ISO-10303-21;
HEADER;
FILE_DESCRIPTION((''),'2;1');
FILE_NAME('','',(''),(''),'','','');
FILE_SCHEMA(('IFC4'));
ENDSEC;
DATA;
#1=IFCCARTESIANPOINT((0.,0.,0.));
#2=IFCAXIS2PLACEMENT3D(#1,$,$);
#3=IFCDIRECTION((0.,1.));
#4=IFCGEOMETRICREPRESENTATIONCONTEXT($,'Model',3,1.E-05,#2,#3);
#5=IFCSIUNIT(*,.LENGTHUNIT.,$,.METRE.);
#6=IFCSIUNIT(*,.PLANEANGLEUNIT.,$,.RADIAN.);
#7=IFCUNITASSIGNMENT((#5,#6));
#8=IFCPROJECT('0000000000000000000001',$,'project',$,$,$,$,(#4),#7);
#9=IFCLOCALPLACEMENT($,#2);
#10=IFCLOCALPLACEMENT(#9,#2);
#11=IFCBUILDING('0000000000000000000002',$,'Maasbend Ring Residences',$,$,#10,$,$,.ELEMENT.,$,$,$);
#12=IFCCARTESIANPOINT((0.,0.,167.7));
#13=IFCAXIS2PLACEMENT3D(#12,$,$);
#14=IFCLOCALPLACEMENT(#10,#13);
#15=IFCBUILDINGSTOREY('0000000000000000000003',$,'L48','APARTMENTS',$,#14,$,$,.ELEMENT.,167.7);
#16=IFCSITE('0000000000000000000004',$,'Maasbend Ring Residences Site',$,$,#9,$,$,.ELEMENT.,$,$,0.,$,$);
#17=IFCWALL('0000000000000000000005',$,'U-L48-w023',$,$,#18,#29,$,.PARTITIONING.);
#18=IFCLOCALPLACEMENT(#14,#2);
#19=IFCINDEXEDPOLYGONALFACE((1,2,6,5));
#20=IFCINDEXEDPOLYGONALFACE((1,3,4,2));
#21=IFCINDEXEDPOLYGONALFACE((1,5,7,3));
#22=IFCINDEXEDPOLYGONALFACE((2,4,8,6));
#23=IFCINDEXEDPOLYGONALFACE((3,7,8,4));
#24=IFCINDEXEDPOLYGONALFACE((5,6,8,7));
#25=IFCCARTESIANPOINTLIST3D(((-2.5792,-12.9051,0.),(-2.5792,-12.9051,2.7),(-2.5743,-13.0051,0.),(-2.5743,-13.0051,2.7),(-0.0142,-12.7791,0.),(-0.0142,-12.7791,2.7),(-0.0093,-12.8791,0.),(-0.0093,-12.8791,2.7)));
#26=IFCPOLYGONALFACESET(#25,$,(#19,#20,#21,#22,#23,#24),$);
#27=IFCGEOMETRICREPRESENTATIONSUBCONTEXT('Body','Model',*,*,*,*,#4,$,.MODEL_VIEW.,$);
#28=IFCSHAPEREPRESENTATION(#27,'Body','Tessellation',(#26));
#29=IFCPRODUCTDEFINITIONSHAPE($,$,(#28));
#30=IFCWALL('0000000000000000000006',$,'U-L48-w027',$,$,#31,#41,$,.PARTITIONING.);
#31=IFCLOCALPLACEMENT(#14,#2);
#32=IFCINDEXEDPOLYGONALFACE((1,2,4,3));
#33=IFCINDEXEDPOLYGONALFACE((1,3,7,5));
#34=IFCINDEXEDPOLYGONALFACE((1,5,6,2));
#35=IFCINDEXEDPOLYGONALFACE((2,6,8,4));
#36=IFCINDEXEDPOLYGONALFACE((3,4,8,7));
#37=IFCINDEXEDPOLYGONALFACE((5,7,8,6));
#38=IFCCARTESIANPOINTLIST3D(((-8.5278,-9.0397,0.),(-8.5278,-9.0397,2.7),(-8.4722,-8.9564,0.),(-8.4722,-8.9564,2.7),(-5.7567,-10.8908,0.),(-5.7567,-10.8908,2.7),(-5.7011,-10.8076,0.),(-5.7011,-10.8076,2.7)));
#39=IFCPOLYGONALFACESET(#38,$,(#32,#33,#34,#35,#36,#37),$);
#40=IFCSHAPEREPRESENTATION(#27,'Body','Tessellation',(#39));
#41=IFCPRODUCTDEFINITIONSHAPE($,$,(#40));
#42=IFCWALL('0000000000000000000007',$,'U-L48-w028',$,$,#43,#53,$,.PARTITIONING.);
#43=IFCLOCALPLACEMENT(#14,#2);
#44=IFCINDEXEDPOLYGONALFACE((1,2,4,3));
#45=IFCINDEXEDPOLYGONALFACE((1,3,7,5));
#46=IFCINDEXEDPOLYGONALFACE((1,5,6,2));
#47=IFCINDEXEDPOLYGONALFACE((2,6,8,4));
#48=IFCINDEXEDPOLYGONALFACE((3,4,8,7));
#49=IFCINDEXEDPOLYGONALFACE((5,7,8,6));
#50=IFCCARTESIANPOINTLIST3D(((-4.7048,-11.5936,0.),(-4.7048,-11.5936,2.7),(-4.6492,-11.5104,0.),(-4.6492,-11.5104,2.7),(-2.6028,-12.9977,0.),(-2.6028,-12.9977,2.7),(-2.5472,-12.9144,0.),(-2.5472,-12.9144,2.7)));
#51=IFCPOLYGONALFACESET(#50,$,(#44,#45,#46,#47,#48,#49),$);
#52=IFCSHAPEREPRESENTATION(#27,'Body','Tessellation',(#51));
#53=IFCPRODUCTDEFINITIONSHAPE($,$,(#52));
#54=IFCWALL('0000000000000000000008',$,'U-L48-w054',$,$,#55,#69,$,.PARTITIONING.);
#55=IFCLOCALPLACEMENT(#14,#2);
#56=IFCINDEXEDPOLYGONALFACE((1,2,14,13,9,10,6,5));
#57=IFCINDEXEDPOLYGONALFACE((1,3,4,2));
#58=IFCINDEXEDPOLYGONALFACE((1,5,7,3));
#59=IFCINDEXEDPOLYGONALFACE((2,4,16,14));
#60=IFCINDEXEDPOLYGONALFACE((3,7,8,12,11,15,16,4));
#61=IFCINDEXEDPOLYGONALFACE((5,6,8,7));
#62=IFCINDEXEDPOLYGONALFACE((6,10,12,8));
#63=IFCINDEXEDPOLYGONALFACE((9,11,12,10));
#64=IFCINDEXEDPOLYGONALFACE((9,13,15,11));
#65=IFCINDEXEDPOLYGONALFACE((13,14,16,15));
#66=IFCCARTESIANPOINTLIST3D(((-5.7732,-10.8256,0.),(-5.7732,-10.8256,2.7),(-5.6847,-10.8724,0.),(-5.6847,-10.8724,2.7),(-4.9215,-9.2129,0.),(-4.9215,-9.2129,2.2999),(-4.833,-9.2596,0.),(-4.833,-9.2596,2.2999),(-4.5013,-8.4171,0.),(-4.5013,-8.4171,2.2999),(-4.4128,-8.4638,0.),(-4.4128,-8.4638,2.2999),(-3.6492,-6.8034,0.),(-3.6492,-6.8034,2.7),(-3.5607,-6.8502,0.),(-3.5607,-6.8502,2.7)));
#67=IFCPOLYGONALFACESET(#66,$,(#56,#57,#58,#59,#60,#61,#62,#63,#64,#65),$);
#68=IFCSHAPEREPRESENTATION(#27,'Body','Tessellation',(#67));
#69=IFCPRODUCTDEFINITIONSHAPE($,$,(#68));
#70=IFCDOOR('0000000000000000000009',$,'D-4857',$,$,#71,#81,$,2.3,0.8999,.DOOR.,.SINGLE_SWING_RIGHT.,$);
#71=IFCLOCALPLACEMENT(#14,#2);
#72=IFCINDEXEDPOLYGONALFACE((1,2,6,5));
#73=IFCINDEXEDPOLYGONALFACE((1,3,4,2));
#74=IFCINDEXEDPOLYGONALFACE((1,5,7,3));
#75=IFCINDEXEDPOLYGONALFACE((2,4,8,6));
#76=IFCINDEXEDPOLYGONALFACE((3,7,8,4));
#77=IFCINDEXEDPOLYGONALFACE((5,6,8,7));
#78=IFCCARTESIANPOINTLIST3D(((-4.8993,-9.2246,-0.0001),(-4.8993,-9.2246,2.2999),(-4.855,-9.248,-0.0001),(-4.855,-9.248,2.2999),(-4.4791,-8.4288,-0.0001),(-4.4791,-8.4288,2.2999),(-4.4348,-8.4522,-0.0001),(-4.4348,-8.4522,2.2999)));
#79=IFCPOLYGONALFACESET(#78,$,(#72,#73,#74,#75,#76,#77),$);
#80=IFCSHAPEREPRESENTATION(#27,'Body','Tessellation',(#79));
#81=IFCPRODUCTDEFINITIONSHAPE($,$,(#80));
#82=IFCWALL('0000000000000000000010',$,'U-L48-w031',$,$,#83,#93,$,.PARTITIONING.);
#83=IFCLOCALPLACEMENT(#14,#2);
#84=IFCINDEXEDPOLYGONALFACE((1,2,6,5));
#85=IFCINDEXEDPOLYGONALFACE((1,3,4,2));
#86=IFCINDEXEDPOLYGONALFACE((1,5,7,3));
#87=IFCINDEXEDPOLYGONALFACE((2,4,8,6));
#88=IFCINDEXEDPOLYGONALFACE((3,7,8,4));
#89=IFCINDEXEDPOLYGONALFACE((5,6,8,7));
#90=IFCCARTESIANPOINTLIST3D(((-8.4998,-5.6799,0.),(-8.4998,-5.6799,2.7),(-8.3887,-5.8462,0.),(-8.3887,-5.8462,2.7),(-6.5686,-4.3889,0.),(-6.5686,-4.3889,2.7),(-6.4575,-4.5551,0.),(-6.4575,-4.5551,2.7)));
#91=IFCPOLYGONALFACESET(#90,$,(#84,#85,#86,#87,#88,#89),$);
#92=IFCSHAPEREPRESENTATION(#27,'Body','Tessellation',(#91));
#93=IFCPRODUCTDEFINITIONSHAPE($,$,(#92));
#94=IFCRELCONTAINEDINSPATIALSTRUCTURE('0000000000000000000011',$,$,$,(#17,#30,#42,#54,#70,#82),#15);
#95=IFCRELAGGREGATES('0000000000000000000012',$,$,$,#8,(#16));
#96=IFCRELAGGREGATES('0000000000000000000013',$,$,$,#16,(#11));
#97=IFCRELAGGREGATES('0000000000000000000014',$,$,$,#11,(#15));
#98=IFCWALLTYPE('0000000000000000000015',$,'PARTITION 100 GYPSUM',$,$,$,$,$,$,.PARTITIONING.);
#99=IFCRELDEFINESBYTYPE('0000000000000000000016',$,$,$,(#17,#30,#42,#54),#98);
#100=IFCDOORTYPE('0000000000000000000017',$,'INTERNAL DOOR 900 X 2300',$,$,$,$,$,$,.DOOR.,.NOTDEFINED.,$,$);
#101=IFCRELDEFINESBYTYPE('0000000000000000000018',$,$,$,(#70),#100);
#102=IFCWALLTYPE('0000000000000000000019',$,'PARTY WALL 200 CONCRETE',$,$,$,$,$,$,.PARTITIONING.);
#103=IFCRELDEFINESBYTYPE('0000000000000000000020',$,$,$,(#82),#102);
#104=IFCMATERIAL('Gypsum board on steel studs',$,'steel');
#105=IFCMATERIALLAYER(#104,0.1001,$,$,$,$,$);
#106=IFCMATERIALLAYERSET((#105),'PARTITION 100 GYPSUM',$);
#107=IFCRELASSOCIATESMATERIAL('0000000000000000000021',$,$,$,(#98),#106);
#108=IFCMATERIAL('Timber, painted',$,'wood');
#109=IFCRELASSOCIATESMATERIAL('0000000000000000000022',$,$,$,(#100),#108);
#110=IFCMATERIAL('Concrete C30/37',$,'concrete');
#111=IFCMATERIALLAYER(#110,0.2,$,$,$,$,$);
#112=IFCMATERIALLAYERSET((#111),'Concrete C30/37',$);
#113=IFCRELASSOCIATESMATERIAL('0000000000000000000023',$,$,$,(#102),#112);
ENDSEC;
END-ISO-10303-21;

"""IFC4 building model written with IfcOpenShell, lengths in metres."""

from ifc_helpers import new_model, si_unit, direction, frame, frame_2d, origin, place, context, subcontext, project, spatial, rectangle, extrude, material, layer, layer_set, type_object, element, fill, save


model = new_model("IFC4")

# Units and contexts
model_context = context("Model", 3, precision=1e-05, world=origin(), true_north=direction((0.0, 1.0)))
body_context = subcontext(model_context, "Body", "Model", "MODEL_VIEW")
ifc_project = project(units=[si_unit("LENGTHUNIT", "METRE"), si_unit("PLANEANGLEUNIT", "RADIAN")], contexts=[model_context])

# Site, building, storey
site_placement = place(None, origin())
site = spatial("IfcSite", under=ifc_project, at=site_placement, Name="Maasbend Ring Residences Site", CompositionType="ELEMENT", RefElevation=0.0)
building_placement = place(site_placement, origin())
building = spatial("IfcBuilding", under=site, at=building_placement, Name="Maasbend Ring Residences", CompositionType="ELEMENT")
storey_placement = place(building_placement, frame((0.0, 0.0, 167.7)))
storey = spatial("IfcBuildingStorey", under=building, at=storey_placement, Name="L48", Description="APARTMENTS", CompositionType="ELEMENT", Elevation=167.7)

# Walls
ifc_material_1 = material(Name="Gypsum board on steel studs", Category="steel")
ifc_layer_1 = layer(ifc_material_1, 0.1001)
ifc_layer_set_1 = layer_set([ifc_layer_1], Name="PARTITION 100 GYPSUM")
wall_type_1 = type_object("IfcWallType", Name="PARTITION 100 GYPSUM", PredefinedType="PARTITIONING", material=ifc_layer_set_1)
wall_1_placement = place(storey_placement, frame((-2.5769, -12.9551, 0.0), z_axis=(0.0, 0.0, 1.0), x_axis=(0.998796, 0.049056, 0.0)))
element("IfcWall", 1, at=wall_1_placement, inside=storey, type_object=wall_type_1, Name="U-L48-w023", PredefinedType="PARTITIONING", context=body_context, shape_type="SweptSolid", body=[
    extrude(rectangle(XDim=2.5681, YDim=0.1001, at=frame_2d((1.2842, 0.0))), origin(), (0.0, 0.0, 1.0), 2.7),
])
wall_2_placement = place(storey_placement, frame((-8.5, -8.998, 0.0), z_axis=(0.0, 0.0, 1.0), x_axis=(0.831531, -0.555478, 0.0)))
element("IfcWall", 2, at=wall_2_placement, inside=storey, type_object=wall_type_1, Name="U-L48-w027", PredefinedType="PARTITIONING", context=body_context, shape_type="SweptSolid", body=[
    extrude(rectangle(XDim=3.3325, YDim=0.1001, at=frame_2d((1.6663, 0.0))), origin(), (0.0, 0.0, 1.0), 2.7),
])
wall_3_placement = place(storey_placement, frame((-4.677, -11.552, 0.0), z_axis=(0.0, 0.0, 1.0), x_axis=(0.83156, -0.555435, 0.0)))
element("IfcWall", 3, at=wall_3_placement, inside=storey, type_object=wall_type_1, Name="U-L48-w028", PredefinedType="PARTITIONING", context=body_context, shape_type="SweptSolid", body=[
    extrude(rectangle(XDim=2.5278, YDim=0.1001, at=frame_2d((1.2639, 0.0))), origin(), (0.0, 0.0, 1.0), 2.7),
])

# Wall, opening, door
wall_4_placement = place(storey_placement, frame((-5.729, -10.8491, 0.0), z_axis=(0.0, 0.0, 1.0), x_axis=(0.466963, 0.884277, 0.0)))
wall_4 = element("IfcWall", 4, at=wall_4_placement, inside=storey, type_object=wall_type_1, Name="U-L48-w054", PredefinedType="PARTITIONING", context=body_context, shape_type="SweptSolid", body=[
    extrude(rectangle(XDim=4.5486, YDim=0.1001, at=frame_2d((2.2744, 0.0))), origin(), (0.0, 0.0, 1.0), 2.7),
])
opening_placement = place(wall_4_placement, frame((1.824, 0.0, 0.0)))
opening = element("IfcOpeningElement", 5, at=opening_placement, cuts=wall_4, PredefinedType="OPENING", context=body_context, shape_type="SweptSolid", body=[
    extrude(rectangle(XDim=0.8999, YDim=2.3, at=frame_2d((0.45, 1.1499))), frame((0.0, 0.0601, 0.0), z_axis=(0.0, -1.0, 0.0), x_axis=(1.0, 0.0, 0.0)), (0.0, 0.0, 1.0), 0.1201),
])
ifc_material_2 = material(Name="Timber, painted", Category="wood")
door_type = type_object("IfcDoorType", Name="INTERNAL DOOR 900 X 2300", OperationType="NOTDEFINED", PredefinedType="DOOR", material=ifc_material_2)
door_placement = place(opening_placement, origin())
door = element("IfcDoor", 6, at=door_placement, inside=storey, type_object=door_type, Name="D-4857", OperationType="SINGLE_SWING_RIGHT", OverallHeight=2.3, OverallWidth=0.8999, PredefinedType="DOOR", context=body_context, shape_type="SweptSolid", body=[
    extrude(rectangle(XDim=0.8999, YDim=2.3, at=frame_2d((0.45, 1.1499))), frame((0.0, 0.0249, 0.0), z_axis=(0.0, -1.0, 0.0), x_axis=(1.0, 0.0, 0.0)), (0.0, 0.0, 1.0), 0.05),
])
fill(opening, door)

# Wall
ifc_material_3 = material(Name="Concrete C30/37", Category="concrete")
ifc_layer_2 = layer(ifc_material_3, 0.2)
ifc_layer_set_2 = layer_set([ifc_layer_2], Name="Concrete C30/37")
wall_type_2 = type_object("IfcWallType", Name="PARTY WALL 200 CONCRETE", PredefinedType="PARTITIONING", material=ifc_layer_set_2)
wall_5_placement = place(storey_placement, frame((-6.5129, -4.4719, 0.0), z_axis=(0.0, 0.0, 1.0), x_axis=(-0.831338, -0.555767, 0.0)))
element("IfcWall", 7, at=wall_5_placement, inside=storey, type_object=wall_type_2, Name="U-L48-w031", PredefinedType="PARTITIONING", context=body_context, shape_type="SweptSolid", body=[
    extrude(rectangle(XDim=2.323, YDim=0.2, at=frame_2d((1.1616, 0.0))), origin(), (0.0, 0.0, 1.0), 2.7),
])

save(model, "model.ifc")
